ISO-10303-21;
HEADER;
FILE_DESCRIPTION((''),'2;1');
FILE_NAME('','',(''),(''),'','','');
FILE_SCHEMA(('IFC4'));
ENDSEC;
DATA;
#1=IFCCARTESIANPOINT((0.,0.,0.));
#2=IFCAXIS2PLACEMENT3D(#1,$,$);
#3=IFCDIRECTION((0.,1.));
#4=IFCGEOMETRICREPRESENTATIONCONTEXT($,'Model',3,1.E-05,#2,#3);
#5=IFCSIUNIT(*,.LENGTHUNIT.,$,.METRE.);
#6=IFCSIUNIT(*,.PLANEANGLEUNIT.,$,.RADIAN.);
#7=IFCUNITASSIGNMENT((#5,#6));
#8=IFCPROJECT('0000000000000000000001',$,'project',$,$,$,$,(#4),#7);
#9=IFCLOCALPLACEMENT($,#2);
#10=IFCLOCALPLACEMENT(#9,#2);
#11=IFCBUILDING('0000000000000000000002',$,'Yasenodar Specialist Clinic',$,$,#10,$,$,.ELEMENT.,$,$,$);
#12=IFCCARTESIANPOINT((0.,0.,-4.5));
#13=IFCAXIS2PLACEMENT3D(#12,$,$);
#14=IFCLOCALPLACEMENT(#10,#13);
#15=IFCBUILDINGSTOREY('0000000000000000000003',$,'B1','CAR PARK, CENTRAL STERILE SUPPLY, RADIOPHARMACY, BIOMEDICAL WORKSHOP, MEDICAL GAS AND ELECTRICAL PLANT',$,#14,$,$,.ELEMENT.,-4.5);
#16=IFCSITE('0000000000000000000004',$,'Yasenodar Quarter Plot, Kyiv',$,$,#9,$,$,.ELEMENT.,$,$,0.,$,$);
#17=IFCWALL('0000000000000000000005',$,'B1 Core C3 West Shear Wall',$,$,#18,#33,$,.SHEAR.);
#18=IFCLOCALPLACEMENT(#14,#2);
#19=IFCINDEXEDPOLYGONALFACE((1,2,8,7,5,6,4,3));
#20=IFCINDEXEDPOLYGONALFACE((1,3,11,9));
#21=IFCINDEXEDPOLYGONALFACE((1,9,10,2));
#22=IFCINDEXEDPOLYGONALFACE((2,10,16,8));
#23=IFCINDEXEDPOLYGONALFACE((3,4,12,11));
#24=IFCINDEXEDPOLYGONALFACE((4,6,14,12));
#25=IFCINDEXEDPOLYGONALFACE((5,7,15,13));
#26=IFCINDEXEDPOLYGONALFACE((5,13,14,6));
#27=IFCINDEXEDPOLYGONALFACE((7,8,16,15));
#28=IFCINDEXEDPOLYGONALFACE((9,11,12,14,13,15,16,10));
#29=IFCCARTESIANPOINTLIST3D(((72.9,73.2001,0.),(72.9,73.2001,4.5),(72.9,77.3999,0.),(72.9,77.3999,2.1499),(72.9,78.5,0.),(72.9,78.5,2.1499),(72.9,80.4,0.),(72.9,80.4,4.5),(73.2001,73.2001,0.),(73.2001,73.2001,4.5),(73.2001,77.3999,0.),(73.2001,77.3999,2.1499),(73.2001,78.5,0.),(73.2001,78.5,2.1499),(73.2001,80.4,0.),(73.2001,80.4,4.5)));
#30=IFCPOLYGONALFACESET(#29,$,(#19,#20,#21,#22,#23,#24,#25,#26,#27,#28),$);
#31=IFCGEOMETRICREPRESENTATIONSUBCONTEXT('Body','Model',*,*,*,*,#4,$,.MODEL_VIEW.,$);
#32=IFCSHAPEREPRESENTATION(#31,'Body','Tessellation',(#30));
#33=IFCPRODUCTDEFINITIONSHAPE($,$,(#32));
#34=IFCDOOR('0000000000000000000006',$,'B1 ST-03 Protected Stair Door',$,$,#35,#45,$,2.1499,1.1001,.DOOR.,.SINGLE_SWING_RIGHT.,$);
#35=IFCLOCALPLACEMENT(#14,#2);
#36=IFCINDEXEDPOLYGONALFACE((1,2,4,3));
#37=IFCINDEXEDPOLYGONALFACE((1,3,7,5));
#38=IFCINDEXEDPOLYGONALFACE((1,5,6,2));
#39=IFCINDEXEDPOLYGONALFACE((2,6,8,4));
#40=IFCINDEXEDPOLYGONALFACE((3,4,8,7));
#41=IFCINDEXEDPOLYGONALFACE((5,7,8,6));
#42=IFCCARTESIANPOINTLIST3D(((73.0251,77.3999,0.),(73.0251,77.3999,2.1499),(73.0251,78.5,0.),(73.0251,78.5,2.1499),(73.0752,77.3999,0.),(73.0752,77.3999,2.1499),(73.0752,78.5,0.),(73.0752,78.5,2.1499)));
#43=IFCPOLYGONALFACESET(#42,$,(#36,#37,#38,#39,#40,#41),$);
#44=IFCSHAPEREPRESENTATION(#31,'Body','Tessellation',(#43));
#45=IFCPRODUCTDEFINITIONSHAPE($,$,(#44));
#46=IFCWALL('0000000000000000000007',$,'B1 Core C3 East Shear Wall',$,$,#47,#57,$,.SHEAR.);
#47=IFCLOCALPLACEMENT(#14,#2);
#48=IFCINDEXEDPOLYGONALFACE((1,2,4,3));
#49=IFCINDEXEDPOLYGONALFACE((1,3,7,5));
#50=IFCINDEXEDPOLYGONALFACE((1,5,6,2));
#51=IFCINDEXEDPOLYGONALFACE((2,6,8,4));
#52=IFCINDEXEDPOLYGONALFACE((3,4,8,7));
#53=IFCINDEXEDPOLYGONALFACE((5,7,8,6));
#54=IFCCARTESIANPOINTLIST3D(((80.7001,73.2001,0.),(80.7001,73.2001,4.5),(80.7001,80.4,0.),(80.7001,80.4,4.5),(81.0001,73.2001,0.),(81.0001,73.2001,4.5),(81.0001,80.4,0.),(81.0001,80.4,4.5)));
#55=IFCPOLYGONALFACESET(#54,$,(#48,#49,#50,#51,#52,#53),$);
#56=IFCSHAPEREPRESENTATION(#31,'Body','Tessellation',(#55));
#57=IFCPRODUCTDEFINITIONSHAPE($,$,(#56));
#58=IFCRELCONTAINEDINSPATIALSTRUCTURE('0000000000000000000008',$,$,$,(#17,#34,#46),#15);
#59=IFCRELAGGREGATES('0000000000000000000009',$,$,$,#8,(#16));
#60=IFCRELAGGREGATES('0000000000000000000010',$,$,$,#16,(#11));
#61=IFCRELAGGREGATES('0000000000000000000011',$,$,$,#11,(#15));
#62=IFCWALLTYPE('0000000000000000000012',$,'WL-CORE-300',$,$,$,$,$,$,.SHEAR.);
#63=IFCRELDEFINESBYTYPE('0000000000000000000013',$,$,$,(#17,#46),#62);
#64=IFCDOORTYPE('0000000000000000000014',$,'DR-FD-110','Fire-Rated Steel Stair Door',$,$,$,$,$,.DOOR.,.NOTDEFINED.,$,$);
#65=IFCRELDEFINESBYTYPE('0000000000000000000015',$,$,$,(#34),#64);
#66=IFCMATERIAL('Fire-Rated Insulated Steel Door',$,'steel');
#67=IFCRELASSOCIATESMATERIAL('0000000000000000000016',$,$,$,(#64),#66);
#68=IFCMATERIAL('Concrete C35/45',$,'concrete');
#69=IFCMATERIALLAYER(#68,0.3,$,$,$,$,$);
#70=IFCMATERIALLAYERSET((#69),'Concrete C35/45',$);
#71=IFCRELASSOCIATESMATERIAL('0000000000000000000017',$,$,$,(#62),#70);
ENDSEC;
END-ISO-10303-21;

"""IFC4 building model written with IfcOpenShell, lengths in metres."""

from ifc_helpers import new_model, si_unit, direction, frame, frame_2d, origin, place, context, subcontext, project, spatial, rectangle, extrude, material, layer, layer_set, type_object, element, fill, save


model = new_model("IFC4")

# Units and contexts
model_context = context("Model", 3, precision=1e-05, world=origin(), true_north=direction((0.0, 1.0)))
body_context = subcontext(model_context, "Body", "Model", "MODEL_VIEW")
ifc_project = project(units=[si_unit("LENGTHUNIT", "METRE"), si_unit("PLANEANGLEUNIT", "RADIAN")], contexts=[model_context])

# Site, building, storey
site_placement = place(None, origin())
site = spatial("IfcSite", under=ifc_project, at=site_placement, Name="Yasenodar Quarter Plot, Kyiv", CompositionType="ELEMENT", RefElevation=0.0)
building_placement = place(site_placement, origin())
building = spatial("IfcBuilding", under=site, at=building_placement, Name="Yasenodar Specialist Clinic", CompositionType="ELEMENT")
storey_placement = place(building_placement, frame((0.0, 0.0, -4.5)))
storey = spatial("IfcBuildingStorey", under=building, at=storey_placement, Name="B1", Description="CAR PARK, CENTRAL STERILE SUPPLY, RADIOPHARMACY, BIOMEDICAL WORKSHOP, MEDICAL GAS AND ELECTRICAL PLANT", CompositionType="ELEMENT", Elevation=-4.5)

# Shared definitions
ifc_material_1 = material(Name="Concrete C35/45", Category="concrete")

# Shared definitions
ifc_material_2 = material(Name="Fire-Rated Insulated Steel Door", Category="steel")
door_type_1 = type_object("IfcDoorType", Name="DR-FD-110", Description="Fire-Rated Steel Stair Door", OperationType="NOTDEFINED", PredefinedType="DOOR", material=ifc_material_2)

# Wall, opening, door
ifc_layer_1 = layer(ifc_material_1, 0.3)
ifc_layer_set_1 = layer_set([ifc_layer_1], Name="Concrete C35/45")
wall_type_1 = type_object("IfcWallType", Name="WL-CORE-300", PredefinedType="SHEAR", material=ifc_layer_set_1)
wall_1_placement = place(storey_placement, frame((73.05, 73.2, 0.0), z_axis=(0.0, 0.0, 1.0), x_axis=(0.0, 1.0, 0.0)))
wall_1 = element("IfcWall", 1, at=wall_1_placement, inside=storey, type_object=wall_type_1, Name="B1 Core C3 West Shear Wall", PredefinedType="SHEAR", context=body_context, shape_type="SweptSolid", body=[
    extrude(rectangle(XDim=7.2, YDim=0.3, at=frame_2d((3.6001, 0.0))), origin(), (0.0, 0.0, 1.0), 4.5),
])
opening_1_placement = place(wall_1_placement, frame((4.2, 0.0, 0.0)))
opening_1 = element("IfcOpeningElement", 2, at=opening_1_placement, cuts=wall_1, PredefinedType="OPENING", context=body_context, shape_type="SweptSolid", body=[
    extrude(rectangle(XDim=1.1001, YDim=2.1499, at=frame_2d((0.55, 1.075))), frame((0.0, 0.1602, 0.0), z_axis=(0.0, -1.0, 0.0), x_axis=(1.0, 0.0, 0.0)), (0.0, 0.0, 1.0), 0.3201),
])
door_1_placement = place(opening_1_placement, origin())
door_1 = element("IfcDoor", 3, at=door_1_placement, inside=storey, type_object=door_type_1, Name="B1 ST-03 Protected Stair Door", OperationType="SINGLE_SWING_RIGHT", OverallHeight=2.1499, OverallWidth=1.1001, PredefinedType="DOOR", context=body_context, shape_type="SweptSolid", body=[
    extrude(rectangle(XDim=1.1001, YDim=2.1499, at=frame_2d((0.55, 1.075))), frame((0.0, 0.0249, 0.0), z_axis=(0.0, -1.0, 0.0), x_axis=(1.0, 0.0, 0.0)), (0.0, 0.0, 1.0), 0.05),
])
fill(opening_1, door_1)

# Wall
wall_2_placement = place(storey_placement, frame((80.8501, 73.2, 0.0), z_axis=(0.0, 0.0, 1.0), x_axis=(0.0, 1.0, 0.0)))
element("IfcWall", 4, at=wall_2_placement, inside=storey, type_object=wall_type_1, Name="B1 Core C3 East Shear Wall", PredefinedType="SHEAR", context=body_context, shape_type="SweptSolid", body=[
    extrude(rectangle(XDim=7.2, YDim=0.3, at=frame_2d((3.6001, 0.0))), origin(), (0.0, 0.0, 1.0), 4.5),
])

save(model, "model.ifc")
